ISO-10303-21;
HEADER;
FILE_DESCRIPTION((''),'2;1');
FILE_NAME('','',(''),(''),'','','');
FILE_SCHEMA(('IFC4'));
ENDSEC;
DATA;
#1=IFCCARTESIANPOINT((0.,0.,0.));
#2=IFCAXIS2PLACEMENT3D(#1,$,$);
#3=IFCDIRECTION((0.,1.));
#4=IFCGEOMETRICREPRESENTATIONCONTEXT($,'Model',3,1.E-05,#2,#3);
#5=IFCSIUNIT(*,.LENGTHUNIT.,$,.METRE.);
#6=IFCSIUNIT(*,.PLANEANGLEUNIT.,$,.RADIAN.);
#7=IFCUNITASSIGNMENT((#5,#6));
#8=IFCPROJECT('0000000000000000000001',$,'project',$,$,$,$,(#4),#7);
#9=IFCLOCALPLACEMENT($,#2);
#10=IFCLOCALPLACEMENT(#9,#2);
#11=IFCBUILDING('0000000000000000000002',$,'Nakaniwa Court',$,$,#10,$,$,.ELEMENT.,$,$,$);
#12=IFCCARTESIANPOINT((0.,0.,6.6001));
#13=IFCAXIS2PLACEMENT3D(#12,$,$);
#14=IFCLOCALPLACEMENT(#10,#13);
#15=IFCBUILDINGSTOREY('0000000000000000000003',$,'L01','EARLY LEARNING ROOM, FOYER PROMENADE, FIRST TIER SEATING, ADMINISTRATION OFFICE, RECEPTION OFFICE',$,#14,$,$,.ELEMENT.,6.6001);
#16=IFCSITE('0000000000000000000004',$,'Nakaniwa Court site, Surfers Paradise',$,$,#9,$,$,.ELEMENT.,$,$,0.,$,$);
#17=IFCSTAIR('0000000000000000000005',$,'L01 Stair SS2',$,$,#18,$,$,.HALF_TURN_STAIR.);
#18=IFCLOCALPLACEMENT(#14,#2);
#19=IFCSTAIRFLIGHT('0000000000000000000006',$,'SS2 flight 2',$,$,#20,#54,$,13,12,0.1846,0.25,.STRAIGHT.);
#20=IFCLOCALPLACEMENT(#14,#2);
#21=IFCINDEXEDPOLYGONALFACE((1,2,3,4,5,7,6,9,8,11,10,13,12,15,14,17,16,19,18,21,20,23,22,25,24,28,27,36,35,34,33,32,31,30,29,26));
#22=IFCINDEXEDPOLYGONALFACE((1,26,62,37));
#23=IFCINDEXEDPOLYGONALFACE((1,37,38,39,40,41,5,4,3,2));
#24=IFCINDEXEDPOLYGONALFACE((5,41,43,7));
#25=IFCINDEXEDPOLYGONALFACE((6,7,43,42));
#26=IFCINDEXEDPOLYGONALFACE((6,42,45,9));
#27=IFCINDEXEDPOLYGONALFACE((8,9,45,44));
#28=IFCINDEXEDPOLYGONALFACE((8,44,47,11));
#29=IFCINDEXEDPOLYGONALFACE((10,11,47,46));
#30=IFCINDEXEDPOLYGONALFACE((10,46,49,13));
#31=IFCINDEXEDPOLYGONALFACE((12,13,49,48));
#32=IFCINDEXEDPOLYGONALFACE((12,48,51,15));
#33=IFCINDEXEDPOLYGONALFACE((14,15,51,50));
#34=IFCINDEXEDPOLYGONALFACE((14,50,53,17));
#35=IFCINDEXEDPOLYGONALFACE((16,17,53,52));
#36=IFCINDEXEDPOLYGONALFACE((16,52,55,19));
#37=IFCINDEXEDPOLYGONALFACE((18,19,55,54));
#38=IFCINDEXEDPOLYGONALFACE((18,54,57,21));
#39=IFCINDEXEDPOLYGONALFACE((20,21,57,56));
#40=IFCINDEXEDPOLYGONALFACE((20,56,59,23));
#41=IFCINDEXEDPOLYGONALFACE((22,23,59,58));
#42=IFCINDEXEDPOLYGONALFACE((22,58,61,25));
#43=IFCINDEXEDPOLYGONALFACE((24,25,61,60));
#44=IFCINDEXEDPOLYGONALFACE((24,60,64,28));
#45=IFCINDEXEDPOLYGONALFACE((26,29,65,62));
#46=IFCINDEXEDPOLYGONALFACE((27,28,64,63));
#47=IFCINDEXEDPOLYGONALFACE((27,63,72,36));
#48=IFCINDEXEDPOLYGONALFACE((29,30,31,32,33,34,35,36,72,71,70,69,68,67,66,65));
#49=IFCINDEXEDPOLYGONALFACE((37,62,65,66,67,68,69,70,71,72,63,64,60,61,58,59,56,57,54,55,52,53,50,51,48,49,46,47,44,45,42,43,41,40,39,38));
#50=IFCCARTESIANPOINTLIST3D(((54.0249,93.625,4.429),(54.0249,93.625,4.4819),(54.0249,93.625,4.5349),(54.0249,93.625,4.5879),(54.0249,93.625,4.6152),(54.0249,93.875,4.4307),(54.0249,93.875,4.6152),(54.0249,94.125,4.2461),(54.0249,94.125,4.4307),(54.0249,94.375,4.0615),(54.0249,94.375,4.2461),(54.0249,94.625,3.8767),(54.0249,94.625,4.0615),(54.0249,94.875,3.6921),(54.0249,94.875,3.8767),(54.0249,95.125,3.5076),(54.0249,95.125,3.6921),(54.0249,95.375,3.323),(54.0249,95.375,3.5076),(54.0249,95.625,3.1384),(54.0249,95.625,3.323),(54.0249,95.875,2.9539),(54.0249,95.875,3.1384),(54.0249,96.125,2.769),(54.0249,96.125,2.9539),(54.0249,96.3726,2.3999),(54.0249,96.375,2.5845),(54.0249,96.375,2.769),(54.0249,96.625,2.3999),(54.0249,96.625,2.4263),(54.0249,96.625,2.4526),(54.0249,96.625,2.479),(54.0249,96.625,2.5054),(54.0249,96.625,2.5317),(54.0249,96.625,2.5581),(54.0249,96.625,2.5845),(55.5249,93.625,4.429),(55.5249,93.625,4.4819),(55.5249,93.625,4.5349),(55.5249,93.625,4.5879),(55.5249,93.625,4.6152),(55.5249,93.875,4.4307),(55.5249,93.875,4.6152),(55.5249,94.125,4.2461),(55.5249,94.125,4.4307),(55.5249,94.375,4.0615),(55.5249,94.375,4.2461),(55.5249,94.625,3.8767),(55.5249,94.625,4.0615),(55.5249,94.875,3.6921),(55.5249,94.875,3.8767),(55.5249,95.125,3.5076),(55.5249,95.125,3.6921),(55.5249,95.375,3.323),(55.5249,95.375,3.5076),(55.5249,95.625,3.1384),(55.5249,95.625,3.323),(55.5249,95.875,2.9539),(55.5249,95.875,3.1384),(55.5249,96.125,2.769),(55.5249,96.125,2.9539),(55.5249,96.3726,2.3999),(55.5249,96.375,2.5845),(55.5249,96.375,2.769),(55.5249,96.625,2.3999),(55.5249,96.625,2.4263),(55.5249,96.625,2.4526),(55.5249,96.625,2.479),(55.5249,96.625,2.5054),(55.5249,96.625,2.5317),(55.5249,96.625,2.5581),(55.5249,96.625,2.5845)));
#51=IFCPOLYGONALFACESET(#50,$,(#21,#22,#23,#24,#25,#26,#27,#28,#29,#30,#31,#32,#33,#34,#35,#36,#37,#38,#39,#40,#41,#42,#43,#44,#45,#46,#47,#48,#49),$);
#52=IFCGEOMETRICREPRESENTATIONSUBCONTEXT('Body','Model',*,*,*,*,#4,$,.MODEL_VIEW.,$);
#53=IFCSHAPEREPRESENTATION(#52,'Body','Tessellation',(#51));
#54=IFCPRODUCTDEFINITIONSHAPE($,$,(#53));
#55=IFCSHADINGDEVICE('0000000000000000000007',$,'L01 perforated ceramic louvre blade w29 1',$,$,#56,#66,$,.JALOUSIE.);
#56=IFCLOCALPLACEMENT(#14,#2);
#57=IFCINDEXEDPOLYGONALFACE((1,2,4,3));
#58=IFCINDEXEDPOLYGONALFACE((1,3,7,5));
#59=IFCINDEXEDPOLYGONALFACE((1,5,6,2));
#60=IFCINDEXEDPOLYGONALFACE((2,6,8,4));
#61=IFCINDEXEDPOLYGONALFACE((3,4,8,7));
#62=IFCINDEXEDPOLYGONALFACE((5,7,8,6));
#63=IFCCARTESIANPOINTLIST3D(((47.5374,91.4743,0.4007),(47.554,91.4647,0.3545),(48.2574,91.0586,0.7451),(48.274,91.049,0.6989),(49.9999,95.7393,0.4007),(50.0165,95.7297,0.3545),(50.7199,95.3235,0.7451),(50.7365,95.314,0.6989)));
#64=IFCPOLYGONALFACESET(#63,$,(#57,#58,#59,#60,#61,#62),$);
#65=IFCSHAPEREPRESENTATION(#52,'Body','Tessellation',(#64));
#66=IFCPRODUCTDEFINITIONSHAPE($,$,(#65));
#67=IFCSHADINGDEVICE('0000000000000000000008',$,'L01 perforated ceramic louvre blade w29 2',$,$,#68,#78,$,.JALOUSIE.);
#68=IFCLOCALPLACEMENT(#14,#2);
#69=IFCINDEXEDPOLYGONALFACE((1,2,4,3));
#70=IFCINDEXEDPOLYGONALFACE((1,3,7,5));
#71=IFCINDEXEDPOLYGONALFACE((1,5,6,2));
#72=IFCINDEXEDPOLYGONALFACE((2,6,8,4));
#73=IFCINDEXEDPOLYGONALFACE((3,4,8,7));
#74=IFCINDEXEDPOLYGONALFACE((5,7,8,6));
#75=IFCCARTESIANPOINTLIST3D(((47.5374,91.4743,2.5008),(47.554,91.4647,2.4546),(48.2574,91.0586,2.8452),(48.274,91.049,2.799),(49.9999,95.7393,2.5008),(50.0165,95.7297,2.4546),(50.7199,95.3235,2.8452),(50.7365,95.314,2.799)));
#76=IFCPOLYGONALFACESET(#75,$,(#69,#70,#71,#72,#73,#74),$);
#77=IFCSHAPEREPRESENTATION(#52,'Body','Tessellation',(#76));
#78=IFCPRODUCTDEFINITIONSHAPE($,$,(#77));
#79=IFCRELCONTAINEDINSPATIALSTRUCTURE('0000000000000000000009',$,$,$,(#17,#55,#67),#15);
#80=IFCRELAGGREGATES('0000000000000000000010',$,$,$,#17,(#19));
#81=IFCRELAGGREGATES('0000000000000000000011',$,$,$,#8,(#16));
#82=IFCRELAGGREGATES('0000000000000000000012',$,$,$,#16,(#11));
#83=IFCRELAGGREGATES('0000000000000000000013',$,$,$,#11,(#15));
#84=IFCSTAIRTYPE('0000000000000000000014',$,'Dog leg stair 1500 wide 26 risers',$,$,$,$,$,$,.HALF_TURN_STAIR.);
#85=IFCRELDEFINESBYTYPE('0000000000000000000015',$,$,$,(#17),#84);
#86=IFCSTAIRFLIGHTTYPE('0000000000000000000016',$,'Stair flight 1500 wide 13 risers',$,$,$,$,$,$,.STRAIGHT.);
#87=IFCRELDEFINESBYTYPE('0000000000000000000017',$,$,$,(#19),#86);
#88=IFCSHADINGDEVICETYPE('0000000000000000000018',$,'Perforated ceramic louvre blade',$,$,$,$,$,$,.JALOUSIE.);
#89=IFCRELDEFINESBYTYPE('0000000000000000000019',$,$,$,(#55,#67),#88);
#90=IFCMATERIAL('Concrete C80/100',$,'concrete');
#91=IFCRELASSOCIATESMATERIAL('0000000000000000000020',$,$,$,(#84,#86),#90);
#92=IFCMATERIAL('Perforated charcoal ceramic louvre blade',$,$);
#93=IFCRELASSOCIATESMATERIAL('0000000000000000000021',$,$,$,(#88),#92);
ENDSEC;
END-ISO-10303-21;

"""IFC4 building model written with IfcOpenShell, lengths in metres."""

from ifc_helpers import new_model, si_unit, direction, frame, origin, origin_2d, place, context, subcontext, project, spatial, polyline, rectangle, outline, extrude, material, material_profile, profile_set, type_object, element, aggregate, save


model = new_model("IFC4")

# Units and contexts
model_context = context("Model", 3, precision=1e-05, world=origin(), true_north=direction((0.0, 1.0)))
body_context = subcontext(model_context, "Body", "Model", "MODEL_VIEW")
ifc_project = project(units=[si_unit("LENGTHUNIT", "METRE"), si_unit("PLANEANGLEUNIT", "RADIAN")], contexts=[model_context])

# Site, building, storey
site_placement = place(None, origin())
site = spatial("IfcSite", under=ifc_project, at=site_placement, Name="Nakaniwa Court site, Surfers Paradise", CompositionType="ELEMENT", RefElevation=0.0)
building_placement = place(site_placement, origin())
building = spatial("IfcBuilding", under=site, at=building_placement, Name="Nakaniwa Court", CompositionType="ELEMENT")
storey_placement = place(building_placement, frame((0.0, 0.0, 6.6001)))
storey = spatial("IfcBuildingStorey", under=building, at=storey_placement, Name="L01", Description="EARLY LEARNING ROOM, FOYER PROMENADE, FIRST TIER SEATING, ADMINISTRATION OFFICE, RECEPTION OFFICE", CompositionType="ELEMENT", Elevation=6.6001)

# Stair, stair flight
ifc_material_1 = material(Name="Concrete C80/100", Category="concrete")
stair_type = type_object("IfcStairType", Name="Dog leg stair 1500 wide 26 risers", PredefinedType="HALF_TURN_STAIR", material=ifc_material_1)
stair_placement = place(storey_placement, origin())
stair = element("IfcStair", 1, at=stair_placement, inside=storey, type_object=stair_type, Name="L01 Stair SS2", PredefinedType="HALF_TURN_STAIR")
stair_flight_type = type_object("IfcStairFlightType", Name="Stair flight 1500 wide 13 risers", PredefinedType="STRAIGHT", material=ifc_material_1)
stair_flight_1_placement = place(storey_placement, frame((54.7749, 96.625, 2.3999), z_axis=(0.0, 0.0, 1.0), x_axis=(0.0, -1.0, 0.0)))
stair_flight_1 = element("IfcStairFlight", 2, at=stair_flight_1_placement, type_object=stair_flight_type, Name="SS2 flight 2", NumberOfRisers=13, NumberOfTreads=12, PredefinedType="STRAIGHT", RiserHeight=0.1846, TreadLength=0.25, context=body_context, shape_type="SweptSolid", body=[
    extrude(outline(polyline([(0.0, 0.0), (0.0, 0.0264), (0.0, 0.0527), (0.0, 0.0791), (0.0, 0.1055), (0.0, 0.1318), (0.0, 0.1582), (0.0, 0.1846), (0.25, 0.1846), (0.25, 0.3691), (0.5, 0.3691), (0.5, 0.554), (0.75, 0.554), (0.75, 0.7385), (1.0, 0.7385), (1.0, 0.9231), (1.25, 0.9231), (1.25, 1.1077), (1.5, 1.1077), (1.5, 1.2922), (1.75, 1.2922), (1.75, 1.4768), (2.0, 1.4768), (2.0, 1.6616), (2.25, 1.6616), (2.25, 1.8462), (2.5, 1.8462), (2.5, 2.0308), (2.75, 2.0308), (2.75, 2.2153), (3.0, 2.2153), (3.0, 2.3999), (3.0, 2.3469), (3.0, 2.2939), (3.0, 2.241), (3.0, 2.188), (3.0, 2.135), (3.0, 2.082), (3.0, 2.0291), (0.2524, 0.0), (0.0, 0.0)])), frame((0.0, 0.75, 0.0), z_axis=(0.0, -1.0, 0.0), x_axis=(1.0, 0.0, 0.0)), (0.0, 0.0, 1.0), 1.5),
])
aggregate(stair, [stair_flight_1])

# Shading devices
ifc_material_2 = material(Name="Perforated charcoal ceramic louvre blade")
ifc_material_profile_1 = material_profile(ifc_material_2, rectangle(XDim=0.8999, YDim=0.05, at=origin_2d()), Name="Perforated ceramic louvre blade")
ifc_profile_set_1 = profile_set([ifc_material_profile_1], Name="Perforated charcoal ceramic louvre blade")
shading_device_type = type_object("IfcShadingDeviceType", Name="Perforated ceramic louvre blade", PredefinedType="JALOUSIE", material=ifc_profile_set_1)
for number, where, z_axis, x_axis, name in (
    (3, (50.3682, 95.5266, 0.5498), (-0.50001, -0.86602, 0.0), (0.800098, -0.461949, 0.382683), "L01 perforated ceramic louvre blade w29 1"),
    (4, (50.3682, 95.5266, 2.6499), (-0.50001, -0.86602, 0.0), (0.800098, -0.461949, 0.382683), "L01 perforated ceramic louvre blade w29 2"),
):
    element("IfcShadingDevice", number, at=place(storey_placement, frame(where, z_axis=z_axis, x_axis=x_axis)), inside=storey, type_object=shading_device_type, Name=name, PredefinedType="JALOUSIE", context=body_context, shape_type="SweptSolid", body=[
        extrude(rectangle(XDim=0.8999, YDim=0.05, at=origin_2d()), origin(), (0.0, 0.0, 1.0), 4.9248),
    ])

save(model, "model.ifc")
